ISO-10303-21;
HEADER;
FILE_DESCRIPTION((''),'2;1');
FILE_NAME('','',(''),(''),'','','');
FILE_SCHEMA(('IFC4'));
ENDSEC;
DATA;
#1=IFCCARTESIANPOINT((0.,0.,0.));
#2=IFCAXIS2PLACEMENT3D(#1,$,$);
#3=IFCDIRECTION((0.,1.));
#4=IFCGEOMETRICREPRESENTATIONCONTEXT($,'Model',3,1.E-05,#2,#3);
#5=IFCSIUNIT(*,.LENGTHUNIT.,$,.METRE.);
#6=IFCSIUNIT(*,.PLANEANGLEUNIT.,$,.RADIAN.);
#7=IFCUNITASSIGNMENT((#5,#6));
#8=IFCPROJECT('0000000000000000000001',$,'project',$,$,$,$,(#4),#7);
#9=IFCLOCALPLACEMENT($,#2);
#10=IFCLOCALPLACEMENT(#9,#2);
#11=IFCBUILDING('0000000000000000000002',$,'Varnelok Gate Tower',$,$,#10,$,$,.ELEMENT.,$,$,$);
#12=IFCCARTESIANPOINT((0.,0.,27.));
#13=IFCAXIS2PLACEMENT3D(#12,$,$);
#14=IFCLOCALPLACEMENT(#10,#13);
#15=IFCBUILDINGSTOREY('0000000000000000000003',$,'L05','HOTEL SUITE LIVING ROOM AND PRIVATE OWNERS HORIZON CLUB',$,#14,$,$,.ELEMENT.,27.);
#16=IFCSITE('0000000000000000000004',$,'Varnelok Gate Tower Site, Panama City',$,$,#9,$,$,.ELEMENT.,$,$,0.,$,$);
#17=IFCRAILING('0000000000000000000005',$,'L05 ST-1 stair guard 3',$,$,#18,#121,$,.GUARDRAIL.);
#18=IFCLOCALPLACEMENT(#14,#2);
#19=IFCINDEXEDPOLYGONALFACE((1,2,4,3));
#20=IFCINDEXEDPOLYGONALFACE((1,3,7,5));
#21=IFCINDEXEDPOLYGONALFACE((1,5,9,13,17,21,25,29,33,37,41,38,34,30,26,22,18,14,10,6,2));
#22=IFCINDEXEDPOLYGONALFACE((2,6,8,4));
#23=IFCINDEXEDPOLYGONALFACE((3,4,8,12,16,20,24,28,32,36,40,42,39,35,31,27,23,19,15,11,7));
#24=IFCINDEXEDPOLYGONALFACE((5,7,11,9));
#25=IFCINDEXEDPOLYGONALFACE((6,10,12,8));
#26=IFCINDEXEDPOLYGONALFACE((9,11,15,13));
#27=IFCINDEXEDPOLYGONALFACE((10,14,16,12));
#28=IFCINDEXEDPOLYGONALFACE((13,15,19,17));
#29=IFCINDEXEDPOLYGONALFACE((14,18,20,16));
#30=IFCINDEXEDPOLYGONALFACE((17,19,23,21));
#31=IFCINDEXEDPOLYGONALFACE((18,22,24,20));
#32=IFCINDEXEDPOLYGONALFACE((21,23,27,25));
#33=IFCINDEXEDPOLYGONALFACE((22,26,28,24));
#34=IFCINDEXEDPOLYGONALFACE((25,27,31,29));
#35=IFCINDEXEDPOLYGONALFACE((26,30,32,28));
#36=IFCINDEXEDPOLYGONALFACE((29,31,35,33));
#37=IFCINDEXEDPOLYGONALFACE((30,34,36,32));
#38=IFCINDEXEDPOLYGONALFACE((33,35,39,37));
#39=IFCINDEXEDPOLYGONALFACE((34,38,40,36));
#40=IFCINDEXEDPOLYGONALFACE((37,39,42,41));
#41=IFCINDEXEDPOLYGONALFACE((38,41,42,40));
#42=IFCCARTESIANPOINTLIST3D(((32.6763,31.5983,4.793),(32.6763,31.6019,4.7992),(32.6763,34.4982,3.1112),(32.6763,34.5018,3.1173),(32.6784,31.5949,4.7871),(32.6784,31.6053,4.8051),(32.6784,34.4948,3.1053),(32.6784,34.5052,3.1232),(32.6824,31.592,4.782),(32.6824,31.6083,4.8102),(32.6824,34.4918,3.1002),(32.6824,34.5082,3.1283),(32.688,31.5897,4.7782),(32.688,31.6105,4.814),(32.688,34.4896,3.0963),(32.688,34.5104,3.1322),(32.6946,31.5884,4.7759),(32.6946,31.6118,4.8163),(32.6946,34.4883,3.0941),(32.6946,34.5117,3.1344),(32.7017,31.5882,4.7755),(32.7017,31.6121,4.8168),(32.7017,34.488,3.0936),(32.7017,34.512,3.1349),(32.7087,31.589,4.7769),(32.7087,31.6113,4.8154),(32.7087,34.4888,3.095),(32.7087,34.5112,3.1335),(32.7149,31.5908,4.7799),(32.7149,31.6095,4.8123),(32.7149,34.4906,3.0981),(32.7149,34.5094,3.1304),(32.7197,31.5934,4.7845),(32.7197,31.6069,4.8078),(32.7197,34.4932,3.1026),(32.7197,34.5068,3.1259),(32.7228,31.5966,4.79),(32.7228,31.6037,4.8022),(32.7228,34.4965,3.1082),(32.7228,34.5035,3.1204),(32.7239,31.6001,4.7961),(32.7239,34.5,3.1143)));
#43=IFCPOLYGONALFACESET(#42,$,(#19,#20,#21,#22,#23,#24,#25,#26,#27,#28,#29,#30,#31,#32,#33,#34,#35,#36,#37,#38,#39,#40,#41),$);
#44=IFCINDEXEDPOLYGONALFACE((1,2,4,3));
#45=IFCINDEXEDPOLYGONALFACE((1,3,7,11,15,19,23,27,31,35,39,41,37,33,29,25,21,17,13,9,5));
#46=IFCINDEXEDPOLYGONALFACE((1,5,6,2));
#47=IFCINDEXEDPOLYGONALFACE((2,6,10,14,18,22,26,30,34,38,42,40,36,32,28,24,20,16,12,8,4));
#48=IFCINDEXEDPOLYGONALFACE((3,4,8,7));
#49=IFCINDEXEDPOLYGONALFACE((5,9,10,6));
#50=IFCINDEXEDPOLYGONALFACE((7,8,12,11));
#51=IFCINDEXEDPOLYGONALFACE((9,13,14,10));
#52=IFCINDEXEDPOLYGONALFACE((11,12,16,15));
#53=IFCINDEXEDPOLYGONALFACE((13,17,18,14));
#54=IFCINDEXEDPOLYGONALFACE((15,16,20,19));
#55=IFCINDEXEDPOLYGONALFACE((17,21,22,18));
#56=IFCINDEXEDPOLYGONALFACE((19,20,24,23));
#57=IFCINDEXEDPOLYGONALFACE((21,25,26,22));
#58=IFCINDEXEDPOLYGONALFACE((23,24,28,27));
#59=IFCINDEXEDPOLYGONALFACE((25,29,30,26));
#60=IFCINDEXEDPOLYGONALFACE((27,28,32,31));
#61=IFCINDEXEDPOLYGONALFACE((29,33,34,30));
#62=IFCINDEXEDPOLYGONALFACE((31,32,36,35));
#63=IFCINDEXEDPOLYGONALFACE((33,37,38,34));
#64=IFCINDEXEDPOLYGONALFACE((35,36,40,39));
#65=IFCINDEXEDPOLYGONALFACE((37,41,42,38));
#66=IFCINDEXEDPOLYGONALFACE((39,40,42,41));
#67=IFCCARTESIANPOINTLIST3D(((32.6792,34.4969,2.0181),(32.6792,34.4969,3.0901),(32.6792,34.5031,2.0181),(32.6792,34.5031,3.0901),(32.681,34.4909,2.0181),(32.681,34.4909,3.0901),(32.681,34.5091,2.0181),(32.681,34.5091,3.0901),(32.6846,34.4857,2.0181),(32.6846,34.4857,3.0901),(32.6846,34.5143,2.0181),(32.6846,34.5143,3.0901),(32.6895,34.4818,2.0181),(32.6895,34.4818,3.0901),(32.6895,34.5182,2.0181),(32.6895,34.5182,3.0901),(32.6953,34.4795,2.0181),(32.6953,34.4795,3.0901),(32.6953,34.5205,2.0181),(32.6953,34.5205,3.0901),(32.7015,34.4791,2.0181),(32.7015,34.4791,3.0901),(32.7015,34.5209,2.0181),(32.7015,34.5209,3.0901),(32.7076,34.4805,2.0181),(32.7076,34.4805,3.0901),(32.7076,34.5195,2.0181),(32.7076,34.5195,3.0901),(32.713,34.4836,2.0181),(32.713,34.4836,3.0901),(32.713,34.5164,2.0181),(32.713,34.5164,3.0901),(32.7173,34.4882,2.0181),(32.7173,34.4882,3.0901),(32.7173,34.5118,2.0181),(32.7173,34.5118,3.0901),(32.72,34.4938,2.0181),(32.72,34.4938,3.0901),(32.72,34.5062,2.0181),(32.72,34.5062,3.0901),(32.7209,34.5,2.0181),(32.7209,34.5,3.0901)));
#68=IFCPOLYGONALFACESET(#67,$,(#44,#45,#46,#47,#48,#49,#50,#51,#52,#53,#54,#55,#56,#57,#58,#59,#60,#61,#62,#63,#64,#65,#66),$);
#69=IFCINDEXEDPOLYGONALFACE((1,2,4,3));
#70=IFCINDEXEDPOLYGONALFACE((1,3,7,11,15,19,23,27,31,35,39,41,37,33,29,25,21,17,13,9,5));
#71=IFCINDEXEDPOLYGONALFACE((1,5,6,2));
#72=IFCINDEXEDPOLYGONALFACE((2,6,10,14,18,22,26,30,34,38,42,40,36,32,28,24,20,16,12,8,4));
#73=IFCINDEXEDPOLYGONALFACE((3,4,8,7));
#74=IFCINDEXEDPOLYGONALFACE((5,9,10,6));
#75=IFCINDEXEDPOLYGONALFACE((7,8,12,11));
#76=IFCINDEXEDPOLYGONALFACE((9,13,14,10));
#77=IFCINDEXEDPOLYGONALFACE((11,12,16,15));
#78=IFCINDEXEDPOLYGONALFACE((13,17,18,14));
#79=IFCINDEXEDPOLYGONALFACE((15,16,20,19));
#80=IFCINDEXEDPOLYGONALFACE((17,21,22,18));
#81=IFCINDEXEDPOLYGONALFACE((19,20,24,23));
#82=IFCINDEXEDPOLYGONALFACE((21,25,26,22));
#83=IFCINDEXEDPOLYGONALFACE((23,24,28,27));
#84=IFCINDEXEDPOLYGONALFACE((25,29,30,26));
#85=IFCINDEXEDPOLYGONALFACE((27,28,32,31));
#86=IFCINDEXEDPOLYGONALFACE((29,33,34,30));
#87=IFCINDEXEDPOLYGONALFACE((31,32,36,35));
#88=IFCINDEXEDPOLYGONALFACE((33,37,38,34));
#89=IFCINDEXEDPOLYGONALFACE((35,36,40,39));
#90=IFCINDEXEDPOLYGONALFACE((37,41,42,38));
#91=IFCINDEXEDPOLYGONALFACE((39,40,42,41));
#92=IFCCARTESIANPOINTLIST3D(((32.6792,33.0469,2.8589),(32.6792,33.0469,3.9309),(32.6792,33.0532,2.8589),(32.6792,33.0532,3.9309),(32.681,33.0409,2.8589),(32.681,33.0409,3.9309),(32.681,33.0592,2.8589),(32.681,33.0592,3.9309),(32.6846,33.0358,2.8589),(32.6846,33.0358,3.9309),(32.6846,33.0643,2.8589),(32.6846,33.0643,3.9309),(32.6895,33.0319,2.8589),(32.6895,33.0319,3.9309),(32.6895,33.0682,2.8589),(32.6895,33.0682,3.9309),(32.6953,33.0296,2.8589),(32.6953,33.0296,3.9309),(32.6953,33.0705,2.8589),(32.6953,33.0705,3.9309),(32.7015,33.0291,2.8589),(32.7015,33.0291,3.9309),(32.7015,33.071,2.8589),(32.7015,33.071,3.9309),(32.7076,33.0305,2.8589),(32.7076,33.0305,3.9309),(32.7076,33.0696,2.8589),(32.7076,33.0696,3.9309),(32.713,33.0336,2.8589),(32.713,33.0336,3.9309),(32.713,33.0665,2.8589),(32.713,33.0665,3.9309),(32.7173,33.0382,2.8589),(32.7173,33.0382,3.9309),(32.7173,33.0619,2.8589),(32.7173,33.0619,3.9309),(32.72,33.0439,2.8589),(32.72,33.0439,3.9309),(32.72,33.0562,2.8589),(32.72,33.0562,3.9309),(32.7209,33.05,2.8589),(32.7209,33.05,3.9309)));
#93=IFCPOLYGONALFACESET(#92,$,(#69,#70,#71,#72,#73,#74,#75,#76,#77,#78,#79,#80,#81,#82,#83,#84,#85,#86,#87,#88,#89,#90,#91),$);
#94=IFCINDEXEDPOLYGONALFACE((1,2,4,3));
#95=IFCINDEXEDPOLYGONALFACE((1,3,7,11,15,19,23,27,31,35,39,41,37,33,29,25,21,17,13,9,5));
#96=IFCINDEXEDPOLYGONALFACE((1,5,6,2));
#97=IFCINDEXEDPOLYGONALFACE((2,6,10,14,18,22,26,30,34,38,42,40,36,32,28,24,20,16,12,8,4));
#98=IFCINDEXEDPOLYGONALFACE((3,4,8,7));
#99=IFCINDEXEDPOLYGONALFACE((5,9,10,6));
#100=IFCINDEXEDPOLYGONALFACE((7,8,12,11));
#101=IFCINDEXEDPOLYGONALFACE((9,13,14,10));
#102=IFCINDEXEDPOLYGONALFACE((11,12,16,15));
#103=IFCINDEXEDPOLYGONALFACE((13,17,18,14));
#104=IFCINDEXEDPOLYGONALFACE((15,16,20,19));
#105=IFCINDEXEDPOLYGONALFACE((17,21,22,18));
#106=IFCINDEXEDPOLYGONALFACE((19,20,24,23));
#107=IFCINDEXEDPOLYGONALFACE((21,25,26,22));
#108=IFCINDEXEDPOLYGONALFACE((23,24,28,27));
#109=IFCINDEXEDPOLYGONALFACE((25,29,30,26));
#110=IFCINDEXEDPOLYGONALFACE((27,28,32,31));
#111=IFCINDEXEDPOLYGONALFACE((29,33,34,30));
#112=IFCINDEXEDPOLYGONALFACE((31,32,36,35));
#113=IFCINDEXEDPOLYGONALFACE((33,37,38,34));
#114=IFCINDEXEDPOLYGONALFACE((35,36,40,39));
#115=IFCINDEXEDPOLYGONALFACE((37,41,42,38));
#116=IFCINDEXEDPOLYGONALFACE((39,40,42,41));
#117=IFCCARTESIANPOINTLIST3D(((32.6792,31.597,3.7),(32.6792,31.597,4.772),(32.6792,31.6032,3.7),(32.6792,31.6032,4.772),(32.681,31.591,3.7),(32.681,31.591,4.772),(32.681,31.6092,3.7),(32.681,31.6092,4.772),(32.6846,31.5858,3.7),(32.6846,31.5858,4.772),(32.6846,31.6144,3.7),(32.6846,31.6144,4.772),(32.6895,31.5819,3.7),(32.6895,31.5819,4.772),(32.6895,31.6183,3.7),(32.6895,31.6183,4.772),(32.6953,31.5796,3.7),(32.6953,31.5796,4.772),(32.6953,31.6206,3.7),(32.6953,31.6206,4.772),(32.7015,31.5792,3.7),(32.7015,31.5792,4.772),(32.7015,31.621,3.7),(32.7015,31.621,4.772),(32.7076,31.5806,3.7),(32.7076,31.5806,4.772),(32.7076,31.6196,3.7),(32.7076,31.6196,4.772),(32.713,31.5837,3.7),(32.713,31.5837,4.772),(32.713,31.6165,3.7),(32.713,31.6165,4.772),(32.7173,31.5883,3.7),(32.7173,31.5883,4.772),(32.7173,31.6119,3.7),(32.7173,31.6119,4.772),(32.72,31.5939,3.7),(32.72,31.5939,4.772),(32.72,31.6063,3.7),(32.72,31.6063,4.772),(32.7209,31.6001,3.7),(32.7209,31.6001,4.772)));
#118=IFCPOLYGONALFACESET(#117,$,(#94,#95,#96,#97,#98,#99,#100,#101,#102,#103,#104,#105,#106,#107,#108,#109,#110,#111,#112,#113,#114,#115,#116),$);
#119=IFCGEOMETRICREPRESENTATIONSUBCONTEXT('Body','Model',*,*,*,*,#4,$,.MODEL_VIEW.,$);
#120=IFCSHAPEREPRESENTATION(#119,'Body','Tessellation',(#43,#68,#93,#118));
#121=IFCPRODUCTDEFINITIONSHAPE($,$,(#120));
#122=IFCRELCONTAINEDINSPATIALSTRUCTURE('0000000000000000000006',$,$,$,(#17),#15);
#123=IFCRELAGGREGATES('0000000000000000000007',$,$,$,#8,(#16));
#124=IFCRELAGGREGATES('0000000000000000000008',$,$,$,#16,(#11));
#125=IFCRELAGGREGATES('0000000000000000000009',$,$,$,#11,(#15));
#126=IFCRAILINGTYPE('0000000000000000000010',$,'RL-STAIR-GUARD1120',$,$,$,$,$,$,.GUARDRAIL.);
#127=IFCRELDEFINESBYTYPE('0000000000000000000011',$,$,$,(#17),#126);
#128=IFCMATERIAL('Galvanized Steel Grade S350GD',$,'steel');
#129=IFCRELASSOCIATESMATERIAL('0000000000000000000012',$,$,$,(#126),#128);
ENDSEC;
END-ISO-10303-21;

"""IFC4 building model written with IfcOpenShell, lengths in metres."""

from ifc_helpers import new_model, si_unit, direction, frame, origin, origin_2d, place, context, subcontext, project, spatial, circle, extrude, material, type_object, element, save


model = new_model("IFC4")

# Units and contexts
model_context = context("Model", 3, precision=1e-05, world=origin(), true_north=direction((0.0, 1.0)))
body_context = subcontext(model_context, "Body", "Model", "MODEL_VIEW")
ifc_project = project(units=[si_unit("LENGTHUNIT", "METRE"), si_unit("PLANEANGLEUNIT", "RADIAN")], contexts=[model_context])

# Site, building, storey
site_placement = place(None, origin())
site = spatial("IfcSite", under=ifc_project, at=site_placement, Name="Varnelok Gate Tower Site, Panama City", CompositionType="ELEMENT", RefElevation=0.0)
building_placement = place(site_placement, origin())
building = spatial("IfcBuilding", under=site, at=building_placement, Name="Varnelok Gate Tower", CompositionType="ELEMENT")
storey_placement = place(building_placement, frame((0.0, 0.0, 27.0)))
storey = spatial("IfcBuildingStorey", under=building, at=storey_placement, Name="L05", Description="HOTEL SUITE LIVING ROOM AND PRIVATE OWNERS HORIZON CLUB", CompositionType="ELEMENT", Elevation=27.0)

# Shared definitions
ifc_material_1 = material(Name="Galvanized Steel Grade S350GD", Category="steel")

# Railing
railing_type_1 = type_object("IfcRailingType", Name="RL-STAIR-GUARD1120", PredefinedType="GUARDRAIL", material=ifc_material_1)
railing_1_placement = place(storey_placement, frame((32.7, 34.5, 2.0181)))
element("IfcRailing", 1, at=railing_1_placement, inside=storey, type_object=railing_type_1, Name="L05 ST-1 stair guard 3", PredefinedType="GUARDRAIL", context=body_context, shape_type="SweptSolid", body=[
    extrude(circle(Radius=0.0239, at=origin_2d()), frame((0.0, 0.0, 1.0962), z_axis=(0.0, -0.865039, 0.501705), x_axis=(1.0, 0.0, 0.0)), (0.0, 0.0, 1.0), 3.3523),
    extrude(circle(Radius=0.021, at=origin_2d()), origin(), (0.0, 0.0, 1.0), 1.072),
    extrude(circle(Radius=0.021, at=origin_2d()), frame((0.0, -1.45, 0.8408)), (0.0, 0.0, 1.0), 1.072),
    extrude(circle(Radius=0.021, at=origin_2d()), frame((0.0, -2.8999, 1.6819)), (0.0, 0.0, 1.0), 1.072),
])

save(model, "model.ifc")
